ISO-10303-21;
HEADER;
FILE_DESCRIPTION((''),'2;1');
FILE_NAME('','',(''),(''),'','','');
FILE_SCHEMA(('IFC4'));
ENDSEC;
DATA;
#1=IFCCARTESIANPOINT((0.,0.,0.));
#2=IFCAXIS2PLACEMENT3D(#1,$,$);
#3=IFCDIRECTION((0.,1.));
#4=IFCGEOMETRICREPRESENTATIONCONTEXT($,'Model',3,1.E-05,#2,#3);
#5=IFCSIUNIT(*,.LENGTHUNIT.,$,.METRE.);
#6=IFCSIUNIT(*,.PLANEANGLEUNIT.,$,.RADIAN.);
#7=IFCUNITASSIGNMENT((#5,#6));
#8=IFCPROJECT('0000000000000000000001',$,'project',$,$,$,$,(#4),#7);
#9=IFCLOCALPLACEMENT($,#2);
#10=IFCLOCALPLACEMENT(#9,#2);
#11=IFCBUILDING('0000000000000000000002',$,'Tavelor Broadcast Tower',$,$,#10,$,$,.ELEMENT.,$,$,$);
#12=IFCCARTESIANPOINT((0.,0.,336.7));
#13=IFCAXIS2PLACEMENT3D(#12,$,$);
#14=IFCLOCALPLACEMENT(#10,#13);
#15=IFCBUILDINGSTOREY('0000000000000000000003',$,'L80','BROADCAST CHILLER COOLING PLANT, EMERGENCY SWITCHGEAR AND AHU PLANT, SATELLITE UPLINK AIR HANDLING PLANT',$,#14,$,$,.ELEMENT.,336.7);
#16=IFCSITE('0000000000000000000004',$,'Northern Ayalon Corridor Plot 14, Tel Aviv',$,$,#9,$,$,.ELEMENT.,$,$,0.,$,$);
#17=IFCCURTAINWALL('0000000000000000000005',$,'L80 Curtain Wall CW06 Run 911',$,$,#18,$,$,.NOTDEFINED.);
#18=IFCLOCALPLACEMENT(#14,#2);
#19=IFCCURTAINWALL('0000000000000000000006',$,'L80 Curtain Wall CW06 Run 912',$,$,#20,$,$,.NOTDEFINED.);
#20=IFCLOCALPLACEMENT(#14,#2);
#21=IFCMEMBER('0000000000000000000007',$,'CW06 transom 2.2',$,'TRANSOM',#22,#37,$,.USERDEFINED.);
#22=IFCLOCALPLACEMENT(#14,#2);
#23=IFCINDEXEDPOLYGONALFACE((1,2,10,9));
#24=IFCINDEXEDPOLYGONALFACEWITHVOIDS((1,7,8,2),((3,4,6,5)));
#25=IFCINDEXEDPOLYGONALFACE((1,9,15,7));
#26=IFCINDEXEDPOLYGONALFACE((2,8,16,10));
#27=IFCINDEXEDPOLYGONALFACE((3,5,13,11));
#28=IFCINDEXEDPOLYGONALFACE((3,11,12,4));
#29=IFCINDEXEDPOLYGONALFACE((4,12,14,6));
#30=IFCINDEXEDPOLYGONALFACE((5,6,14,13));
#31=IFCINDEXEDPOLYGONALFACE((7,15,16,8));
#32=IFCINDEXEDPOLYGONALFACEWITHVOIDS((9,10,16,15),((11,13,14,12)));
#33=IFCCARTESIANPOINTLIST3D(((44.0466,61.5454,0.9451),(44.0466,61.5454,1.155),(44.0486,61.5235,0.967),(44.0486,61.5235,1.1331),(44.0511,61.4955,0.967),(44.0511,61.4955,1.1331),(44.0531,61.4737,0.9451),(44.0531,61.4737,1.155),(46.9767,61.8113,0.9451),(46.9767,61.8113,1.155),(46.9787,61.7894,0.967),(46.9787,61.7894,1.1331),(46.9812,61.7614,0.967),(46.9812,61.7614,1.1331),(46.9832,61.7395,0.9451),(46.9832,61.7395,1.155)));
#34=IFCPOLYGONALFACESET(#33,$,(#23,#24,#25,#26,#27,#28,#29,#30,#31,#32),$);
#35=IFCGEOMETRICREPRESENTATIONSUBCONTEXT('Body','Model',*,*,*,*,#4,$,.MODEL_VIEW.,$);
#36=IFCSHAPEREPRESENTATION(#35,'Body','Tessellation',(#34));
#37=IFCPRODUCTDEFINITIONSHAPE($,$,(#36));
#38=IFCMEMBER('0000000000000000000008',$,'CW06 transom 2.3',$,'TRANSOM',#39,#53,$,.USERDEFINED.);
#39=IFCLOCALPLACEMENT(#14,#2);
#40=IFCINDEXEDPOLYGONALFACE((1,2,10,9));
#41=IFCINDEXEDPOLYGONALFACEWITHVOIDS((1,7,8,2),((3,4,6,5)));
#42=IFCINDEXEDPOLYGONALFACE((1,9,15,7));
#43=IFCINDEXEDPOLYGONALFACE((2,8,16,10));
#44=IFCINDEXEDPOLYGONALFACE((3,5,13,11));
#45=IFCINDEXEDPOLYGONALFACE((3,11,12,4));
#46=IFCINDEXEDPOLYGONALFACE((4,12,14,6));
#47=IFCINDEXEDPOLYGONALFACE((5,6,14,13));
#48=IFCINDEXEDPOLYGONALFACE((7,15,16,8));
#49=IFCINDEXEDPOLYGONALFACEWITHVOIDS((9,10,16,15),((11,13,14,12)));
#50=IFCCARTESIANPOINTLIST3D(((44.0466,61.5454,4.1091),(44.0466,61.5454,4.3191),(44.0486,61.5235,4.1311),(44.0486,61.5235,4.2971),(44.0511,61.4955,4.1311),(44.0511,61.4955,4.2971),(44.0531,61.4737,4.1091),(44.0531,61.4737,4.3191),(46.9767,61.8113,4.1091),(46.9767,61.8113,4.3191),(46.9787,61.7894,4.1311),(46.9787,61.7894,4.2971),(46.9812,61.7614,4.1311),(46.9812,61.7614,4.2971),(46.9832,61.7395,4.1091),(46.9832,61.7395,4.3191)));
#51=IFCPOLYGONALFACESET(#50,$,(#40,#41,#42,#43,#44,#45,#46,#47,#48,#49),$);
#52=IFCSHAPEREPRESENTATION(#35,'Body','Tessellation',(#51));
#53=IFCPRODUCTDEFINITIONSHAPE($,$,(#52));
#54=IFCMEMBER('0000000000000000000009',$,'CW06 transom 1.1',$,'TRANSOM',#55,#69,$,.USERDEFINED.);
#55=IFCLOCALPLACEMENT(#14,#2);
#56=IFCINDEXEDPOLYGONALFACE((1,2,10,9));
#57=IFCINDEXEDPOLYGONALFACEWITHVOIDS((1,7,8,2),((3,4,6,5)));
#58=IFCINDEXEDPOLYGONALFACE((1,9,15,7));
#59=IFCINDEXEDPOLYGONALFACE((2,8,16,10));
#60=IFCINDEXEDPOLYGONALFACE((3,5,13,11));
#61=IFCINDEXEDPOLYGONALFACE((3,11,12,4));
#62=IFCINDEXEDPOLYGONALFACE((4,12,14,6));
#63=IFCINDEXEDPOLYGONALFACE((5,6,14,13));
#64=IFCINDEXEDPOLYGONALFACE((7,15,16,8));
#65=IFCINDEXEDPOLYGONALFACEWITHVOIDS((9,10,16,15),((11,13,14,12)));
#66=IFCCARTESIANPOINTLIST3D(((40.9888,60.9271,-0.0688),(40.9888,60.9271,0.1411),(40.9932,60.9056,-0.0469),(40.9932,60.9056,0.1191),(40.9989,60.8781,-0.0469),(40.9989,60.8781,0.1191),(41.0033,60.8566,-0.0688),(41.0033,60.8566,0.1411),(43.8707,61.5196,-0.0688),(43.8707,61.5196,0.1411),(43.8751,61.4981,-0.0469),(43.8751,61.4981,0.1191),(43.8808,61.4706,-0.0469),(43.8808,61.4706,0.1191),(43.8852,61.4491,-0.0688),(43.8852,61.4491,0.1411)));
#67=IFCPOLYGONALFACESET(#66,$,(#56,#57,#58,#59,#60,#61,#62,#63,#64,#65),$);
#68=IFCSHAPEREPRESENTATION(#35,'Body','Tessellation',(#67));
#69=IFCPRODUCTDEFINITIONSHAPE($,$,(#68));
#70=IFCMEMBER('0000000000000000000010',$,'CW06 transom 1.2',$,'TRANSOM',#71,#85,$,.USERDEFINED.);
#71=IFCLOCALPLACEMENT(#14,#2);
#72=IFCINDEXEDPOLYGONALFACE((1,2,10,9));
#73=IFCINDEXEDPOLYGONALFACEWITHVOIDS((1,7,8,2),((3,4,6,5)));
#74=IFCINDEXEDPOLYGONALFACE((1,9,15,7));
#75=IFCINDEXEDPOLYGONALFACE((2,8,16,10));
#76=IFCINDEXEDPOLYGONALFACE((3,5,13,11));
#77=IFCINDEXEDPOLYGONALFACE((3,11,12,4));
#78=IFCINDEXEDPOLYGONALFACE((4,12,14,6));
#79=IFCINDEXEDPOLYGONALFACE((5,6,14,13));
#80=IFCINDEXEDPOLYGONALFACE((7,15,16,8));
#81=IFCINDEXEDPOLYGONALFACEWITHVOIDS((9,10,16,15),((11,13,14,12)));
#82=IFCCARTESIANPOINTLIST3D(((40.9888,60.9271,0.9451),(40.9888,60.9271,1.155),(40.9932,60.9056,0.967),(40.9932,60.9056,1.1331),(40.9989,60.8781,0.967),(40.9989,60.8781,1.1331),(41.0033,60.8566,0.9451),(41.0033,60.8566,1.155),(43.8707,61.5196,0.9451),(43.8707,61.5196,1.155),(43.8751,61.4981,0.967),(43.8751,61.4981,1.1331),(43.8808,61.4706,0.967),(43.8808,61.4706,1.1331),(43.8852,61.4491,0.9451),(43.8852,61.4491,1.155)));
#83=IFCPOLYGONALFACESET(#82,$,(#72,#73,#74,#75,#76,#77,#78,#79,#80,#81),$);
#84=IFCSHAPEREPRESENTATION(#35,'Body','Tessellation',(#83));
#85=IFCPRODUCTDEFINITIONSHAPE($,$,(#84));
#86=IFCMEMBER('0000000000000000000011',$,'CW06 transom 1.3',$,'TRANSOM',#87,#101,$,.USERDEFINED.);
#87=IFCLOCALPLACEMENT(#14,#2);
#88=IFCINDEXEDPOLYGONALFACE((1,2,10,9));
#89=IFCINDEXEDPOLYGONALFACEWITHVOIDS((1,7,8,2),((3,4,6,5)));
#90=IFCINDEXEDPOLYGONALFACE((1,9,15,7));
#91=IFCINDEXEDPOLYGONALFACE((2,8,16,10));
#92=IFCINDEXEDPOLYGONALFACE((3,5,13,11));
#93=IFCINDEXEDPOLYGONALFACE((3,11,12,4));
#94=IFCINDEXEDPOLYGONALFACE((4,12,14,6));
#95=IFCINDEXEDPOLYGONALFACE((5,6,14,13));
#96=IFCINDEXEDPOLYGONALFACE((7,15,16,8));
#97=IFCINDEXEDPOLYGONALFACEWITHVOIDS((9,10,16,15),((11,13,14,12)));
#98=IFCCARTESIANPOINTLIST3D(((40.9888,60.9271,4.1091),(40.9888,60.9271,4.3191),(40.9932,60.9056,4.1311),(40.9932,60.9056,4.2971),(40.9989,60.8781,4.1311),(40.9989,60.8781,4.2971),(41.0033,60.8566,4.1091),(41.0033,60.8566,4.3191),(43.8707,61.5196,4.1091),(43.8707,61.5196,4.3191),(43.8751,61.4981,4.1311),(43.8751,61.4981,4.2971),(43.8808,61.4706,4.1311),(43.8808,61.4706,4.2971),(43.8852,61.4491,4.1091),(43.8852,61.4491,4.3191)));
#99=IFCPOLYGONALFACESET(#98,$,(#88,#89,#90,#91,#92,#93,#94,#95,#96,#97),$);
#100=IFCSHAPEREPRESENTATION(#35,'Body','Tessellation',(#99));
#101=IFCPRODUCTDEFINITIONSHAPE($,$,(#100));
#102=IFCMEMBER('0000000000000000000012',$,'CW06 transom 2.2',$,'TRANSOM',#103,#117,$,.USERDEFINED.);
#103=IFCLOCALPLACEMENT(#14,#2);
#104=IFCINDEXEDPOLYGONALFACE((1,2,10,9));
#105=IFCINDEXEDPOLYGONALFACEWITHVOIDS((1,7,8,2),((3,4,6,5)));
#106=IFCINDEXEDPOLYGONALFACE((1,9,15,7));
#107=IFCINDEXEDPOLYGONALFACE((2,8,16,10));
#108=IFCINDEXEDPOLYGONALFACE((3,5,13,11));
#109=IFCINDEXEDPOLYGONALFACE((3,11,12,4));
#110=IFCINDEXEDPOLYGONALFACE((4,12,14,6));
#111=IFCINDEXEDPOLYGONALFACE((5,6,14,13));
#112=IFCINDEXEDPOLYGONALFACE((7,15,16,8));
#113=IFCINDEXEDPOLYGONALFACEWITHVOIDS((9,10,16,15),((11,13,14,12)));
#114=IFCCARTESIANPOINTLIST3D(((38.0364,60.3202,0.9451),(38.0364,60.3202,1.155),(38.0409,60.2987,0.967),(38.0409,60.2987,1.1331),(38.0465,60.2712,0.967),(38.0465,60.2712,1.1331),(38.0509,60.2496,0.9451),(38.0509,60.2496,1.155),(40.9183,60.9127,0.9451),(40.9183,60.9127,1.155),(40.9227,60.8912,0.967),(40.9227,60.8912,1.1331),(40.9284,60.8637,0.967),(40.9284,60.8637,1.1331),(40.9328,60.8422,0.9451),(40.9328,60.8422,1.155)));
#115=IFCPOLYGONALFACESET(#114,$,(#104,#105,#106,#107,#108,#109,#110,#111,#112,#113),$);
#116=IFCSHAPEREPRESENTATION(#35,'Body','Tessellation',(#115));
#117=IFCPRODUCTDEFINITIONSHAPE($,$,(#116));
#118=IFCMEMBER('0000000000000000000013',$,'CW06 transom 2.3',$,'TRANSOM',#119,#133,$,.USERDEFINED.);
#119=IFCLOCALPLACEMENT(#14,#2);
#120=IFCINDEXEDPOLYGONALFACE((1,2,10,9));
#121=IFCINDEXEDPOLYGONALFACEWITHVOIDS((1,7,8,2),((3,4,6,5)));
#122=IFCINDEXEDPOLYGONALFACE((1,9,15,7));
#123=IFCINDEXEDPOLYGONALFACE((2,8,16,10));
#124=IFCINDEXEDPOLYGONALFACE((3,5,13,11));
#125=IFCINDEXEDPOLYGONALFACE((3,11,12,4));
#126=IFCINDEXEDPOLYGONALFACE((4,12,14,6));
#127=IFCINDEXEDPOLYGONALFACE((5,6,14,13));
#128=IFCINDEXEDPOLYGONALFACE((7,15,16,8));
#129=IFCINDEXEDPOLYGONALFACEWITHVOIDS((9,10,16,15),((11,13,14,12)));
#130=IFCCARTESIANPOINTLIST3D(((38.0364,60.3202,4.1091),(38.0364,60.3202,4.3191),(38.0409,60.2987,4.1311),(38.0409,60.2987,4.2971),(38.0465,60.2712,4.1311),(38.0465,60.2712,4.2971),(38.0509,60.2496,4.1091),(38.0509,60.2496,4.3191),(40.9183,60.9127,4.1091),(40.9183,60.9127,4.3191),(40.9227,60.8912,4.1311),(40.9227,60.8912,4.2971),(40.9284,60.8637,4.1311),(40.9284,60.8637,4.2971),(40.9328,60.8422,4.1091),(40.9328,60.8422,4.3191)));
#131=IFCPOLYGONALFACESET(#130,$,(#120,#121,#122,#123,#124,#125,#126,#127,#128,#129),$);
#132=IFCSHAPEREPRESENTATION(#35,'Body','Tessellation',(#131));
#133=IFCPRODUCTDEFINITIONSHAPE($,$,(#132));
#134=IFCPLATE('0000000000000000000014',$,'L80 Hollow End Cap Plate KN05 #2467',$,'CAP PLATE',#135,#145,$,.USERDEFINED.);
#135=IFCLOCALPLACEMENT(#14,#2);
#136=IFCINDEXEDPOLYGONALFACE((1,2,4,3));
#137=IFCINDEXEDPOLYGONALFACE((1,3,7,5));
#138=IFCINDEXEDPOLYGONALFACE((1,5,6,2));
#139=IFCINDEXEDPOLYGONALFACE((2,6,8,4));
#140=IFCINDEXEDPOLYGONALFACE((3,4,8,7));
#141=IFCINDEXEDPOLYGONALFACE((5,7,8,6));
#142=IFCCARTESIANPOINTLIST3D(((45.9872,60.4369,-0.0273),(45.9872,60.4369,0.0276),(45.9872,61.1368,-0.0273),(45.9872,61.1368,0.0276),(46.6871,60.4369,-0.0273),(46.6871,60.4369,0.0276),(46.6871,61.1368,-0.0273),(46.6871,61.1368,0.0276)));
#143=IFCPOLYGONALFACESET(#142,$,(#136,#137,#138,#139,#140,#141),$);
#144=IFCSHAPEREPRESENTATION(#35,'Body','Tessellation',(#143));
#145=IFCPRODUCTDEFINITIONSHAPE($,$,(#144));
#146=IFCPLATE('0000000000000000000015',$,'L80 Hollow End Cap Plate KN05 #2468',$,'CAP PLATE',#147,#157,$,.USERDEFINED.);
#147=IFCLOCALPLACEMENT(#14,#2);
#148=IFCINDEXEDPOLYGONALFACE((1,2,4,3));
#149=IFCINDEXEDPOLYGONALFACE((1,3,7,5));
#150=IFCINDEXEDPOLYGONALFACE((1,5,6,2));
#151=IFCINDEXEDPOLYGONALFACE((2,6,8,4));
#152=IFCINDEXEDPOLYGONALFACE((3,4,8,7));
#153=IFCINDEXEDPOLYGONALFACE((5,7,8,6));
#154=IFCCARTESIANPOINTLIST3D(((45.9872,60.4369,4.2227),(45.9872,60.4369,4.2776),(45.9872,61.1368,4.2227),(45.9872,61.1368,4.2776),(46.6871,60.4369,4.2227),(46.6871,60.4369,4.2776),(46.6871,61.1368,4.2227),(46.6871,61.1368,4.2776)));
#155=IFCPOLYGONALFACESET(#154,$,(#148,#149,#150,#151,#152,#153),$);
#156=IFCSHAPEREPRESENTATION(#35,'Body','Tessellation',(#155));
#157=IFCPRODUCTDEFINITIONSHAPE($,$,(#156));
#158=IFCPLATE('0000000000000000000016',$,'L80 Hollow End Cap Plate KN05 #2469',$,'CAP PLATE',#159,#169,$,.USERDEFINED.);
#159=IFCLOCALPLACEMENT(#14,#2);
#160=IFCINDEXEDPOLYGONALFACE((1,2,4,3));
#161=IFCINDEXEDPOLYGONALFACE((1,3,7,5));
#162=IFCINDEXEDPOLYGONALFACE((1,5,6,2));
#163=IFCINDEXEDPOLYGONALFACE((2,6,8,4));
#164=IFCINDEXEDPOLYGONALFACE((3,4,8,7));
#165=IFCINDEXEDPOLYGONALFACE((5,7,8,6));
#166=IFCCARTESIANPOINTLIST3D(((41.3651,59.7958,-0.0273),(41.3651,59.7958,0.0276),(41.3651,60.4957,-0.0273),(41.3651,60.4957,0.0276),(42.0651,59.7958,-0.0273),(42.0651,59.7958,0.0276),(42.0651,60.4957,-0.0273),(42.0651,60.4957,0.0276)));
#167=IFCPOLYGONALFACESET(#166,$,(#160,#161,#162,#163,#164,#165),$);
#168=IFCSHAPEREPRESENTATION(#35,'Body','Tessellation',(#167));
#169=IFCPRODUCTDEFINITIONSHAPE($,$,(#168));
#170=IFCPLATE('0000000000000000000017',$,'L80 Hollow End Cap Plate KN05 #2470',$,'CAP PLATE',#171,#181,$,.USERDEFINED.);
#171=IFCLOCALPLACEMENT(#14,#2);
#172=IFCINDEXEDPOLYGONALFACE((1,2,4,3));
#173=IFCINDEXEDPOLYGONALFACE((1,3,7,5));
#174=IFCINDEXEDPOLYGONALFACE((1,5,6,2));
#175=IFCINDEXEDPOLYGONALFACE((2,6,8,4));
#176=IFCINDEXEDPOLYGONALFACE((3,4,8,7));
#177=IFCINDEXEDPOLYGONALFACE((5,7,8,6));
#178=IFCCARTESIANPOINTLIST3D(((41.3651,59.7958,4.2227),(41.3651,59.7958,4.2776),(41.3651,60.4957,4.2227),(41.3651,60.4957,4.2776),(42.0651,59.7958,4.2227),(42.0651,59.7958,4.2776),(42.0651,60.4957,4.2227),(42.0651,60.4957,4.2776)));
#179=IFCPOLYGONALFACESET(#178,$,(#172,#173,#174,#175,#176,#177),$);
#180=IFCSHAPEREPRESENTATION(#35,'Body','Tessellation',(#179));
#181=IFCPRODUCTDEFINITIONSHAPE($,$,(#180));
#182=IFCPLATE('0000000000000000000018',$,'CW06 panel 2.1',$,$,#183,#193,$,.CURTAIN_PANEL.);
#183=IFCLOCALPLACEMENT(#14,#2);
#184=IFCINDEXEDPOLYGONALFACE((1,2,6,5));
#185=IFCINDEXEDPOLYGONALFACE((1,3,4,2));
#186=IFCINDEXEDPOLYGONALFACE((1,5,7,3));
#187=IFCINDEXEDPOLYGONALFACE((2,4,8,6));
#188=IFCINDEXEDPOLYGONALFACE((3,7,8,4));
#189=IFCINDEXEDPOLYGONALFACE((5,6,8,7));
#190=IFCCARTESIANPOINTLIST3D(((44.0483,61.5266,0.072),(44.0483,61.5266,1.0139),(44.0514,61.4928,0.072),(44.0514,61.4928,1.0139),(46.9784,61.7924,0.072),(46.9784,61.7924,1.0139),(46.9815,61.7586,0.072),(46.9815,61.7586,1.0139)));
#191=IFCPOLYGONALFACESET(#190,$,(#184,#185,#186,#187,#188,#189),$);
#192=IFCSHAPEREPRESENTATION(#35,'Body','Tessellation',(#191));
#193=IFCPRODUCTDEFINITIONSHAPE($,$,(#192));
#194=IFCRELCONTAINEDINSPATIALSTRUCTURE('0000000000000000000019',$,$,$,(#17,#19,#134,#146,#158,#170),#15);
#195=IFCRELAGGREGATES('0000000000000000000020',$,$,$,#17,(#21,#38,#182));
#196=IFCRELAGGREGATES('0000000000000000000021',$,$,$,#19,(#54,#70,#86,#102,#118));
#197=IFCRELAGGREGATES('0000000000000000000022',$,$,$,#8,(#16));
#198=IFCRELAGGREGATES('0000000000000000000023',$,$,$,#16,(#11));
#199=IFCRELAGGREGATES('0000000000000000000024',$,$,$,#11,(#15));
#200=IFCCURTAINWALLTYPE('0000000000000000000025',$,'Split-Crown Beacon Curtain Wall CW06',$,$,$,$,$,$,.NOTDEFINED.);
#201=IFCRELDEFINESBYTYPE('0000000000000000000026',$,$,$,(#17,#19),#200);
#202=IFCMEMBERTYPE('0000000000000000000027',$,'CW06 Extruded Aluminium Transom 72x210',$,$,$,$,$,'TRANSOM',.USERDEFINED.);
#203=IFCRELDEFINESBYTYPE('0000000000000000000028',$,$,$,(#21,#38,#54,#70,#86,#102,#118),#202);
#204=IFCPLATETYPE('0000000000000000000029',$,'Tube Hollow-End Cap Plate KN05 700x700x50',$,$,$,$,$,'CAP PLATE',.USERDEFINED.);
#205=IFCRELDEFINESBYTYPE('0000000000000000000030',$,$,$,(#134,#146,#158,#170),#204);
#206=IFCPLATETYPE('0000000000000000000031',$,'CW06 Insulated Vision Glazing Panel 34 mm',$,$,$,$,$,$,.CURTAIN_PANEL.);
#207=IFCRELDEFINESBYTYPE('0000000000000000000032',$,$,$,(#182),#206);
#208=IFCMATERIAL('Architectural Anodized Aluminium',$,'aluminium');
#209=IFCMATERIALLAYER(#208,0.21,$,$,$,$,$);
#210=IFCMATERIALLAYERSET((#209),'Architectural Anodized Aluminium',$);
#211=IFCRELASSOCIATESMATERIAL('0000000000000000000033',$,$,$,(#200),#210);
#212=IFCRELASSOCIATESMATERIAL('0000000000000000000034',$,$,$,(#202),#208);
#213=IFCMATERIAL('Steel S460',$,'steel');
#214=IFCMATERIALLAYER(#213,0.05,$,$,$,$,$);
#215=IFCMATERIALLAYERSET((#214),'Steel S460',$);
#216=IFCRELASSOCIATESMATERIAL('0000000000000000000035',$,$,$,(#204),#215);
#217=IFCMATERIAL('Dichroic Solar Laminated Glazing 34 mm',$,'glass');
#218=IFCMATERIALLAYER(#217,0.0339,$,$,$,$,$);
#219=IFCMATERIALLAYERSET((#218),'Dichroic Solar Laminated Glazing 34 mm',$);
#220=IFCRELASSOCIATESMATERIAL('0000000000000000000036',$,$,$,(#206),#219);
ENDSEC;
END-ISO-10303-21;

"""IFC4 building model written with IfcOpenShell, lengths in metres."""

from ifc_helpers import new_model, si_unit, direction, frame, origin, origin_2d, place, context, subcontext, project, spatial, rectangle, hollow_rectangle, extrude, source, transform, mapped, material, layer, layer_set, material_profile, profile_set, type_object, type_shapes, element, aggregate, save


model = new_model("IFC4")

# Units and contexts
model_context = context("Model", 3, precision=1e-05, world=origin(), true_north=direction((0.0, 1.0)))
body_context = subcontext(model_context, "Body", "Model", "MODEL_VIEW")
ifc_project = project(units=[si_unit("LENGTHUNIT", "METRE"), si_unit("PLANEANGLEUNIT", "RADIAN")], contexts=[model_context])

# Site, building, storey
site_placement = place(None, origin())
site = spatial("IfcSite", under=ifc_project, at=site_placement, Name="Northern Ayalon Corridor Plot 14, Tel Aviv", CompositionType="ELEMENT", RefElevation=0.0)
building_placement = place(site_placement, origin())
building = spatial("IfcBuilding", under=site, at=building_placement, Name="Tavelor Broadcast Tower", CompositionType="ELEMENT")
storey_placement = place(building_placement, frame((0.0, 0.0, 336.7)))
storey = spatial("IfcBuildingStorey", under=building, at=storey_placement, Name="L80", Description="BROADCAST CHILLER COOLING PLANT, EMERGENCY SWITCHGEAR AND AHU PLANT, SATELLITE UPLINK AIR HANDLING PLANT", CompositionType="ELEMENT", Elevation=336.7)

# Curtain walls
ifc_material_1 = material(Name="Architectural Anodized Aluminium", Category="aluminium")
ifc_layer_1 = layer(ifc_material_1, 0.21)
ifc_layer_set_1 = layer_set([ifc_layer_1], Name="Architectural Anodized Aluminium")
curtain_wall_type = type_object("IfcCurtainWallType", Name="Split-Crown Beacon Curtain Wall CW06", PredefinedType="NOTDEFINED", material=ifc_layer_set_1)
curtain_wall_1_placement = place(storey_placement, origin())
curtain_wall_1 = element("IfcCurtainWall", 1, at=curtain_wall_1_placement, inside=storey, type_object=curtain_wall_type, Name="L80 Curtain Wall CW06 Run 911", PredefinedType="NOTDEFINED")
curtain_wall_2_placement = place(storey_placement, origin())
curtain_wall_2 = element("IfcCurtainWall", 2, at=curtain_wall_2_placement, inside=storey, type_object=curtain_wall_type, Name="L80 Curtain Wall CW06 Run 912", PredefinedType="NOTDEFINED")

# Members
ifc_material_profile_1 = material_profile(ifc_material_1, hollow_rectangle(XDim=0.072, YDim=0.21, WallThickness=0.022, at=origin_2d()), Name="RHS 72x210x22")
ifc_profile_set_1 = profile_set([ifc_material_profile_1], Name="Architectural Anodized Aluminium")
member_type_1 = type_object("IfcMemberType", Name="CW06 Extruded Aluminium Transom 72x210", ElementType="TRANSOM", PredefinedType="USERDEFINED", material=ifc_profile_set_1)
shared_shape_1 = source(origin(), body_context, "Body", "SweptSolid", [
    extrude(hollow_rectangle(XDim=0.072, YDim=0.21, WallThickness=0.022, at=origin_2d()), origin(), (0.0, 0.0, 1.0), 2.9421),
])
type_shapes(member_type_1, [shared_shape_1])
member_1_placement = place(storey_placement, frame((46.98, 61.7754, 1.05), z_axis=(-0.995909, -0.090364, 0.0), x_axis=(0.090364, -0.995909, 0.0)))
member_1 = element("IfcMember", 3, at=member_1_placement, type_object=member_type_1, Name="CW06 transom 2.2", ObjectType="TRANSOM", PredefinedType="USERDEFINED", context=body_context, shape_type="MappedRepresentation", body=[
    mapped(shared_shape_1, transform((0.0, 0.0, 0.0), scale=1.0)),
])
member_2_placement = place(storey_placement, frame((46.98, 61.7754, 4.2141), z_axis=(-0.995909, -0.090364, 0.0), x_axis=(0.090364, -0.995909, 0.0)))
member_2 = element("IfcMember", 4, at=member_2_placement, type_object=member_type_1, Name="CW06 transom 2.3", ObjectType="TRANSOM", PredefinedType="USERDEFINED", context=body_context, shape_type="MappedRepresentation", body=[
    mapped(shared_shape_1, transform((0.0, 0.0, 0.0), scale=1.0)),
])
member_3_placement = place(storey_placement, frame((43.8779, 61.4844, 0.0361), z_axis=(-0.97951, -0.201395, 0.0), x_axis=(0.201395, -0.97951, 0.0)))
member_3 = element("IfcMember", 5, at=member_3_placement, type_object=member_type_1, Name="CW06 transom 1.1", ObjectType="TRANSOM", PredefinedType="USERDEFINED", context=body_context, shape_type="MappedRepresentation", body=[
    mapped(shared_shape_1, transform((0.0, 0.0, 0.0), scale=1.0)),
])
member_4_placement = place(storey_placement, frame((43.8779, 61.4844, 1.05), z_axis=(-0.97951, -0.201395, 0.0), x_axis=(0.201395, -0.97951, 0.0)))
member_4 = element("IfcMember", 6, at=member_4_placement, type_object=member_type_1, Name="CW06 transom 1.2", ObjectType="TRANSOM", PredefinedType="USERDEFINED", context=body_context, shape_type="MappedRepresentation", body=[
    mapped(shared_shape_1, transform((0.0, 0.0, 0.0), scale=1.0)),
])
member_5_placement = place(storey_placement, frame((43.8779, 61.4844, 4.2141), z_axis=(-0.97951, -0.201395, 0.0), x_axis=(0.201395, -0.97951, 0.0)))
member_5 = element("IfcMember", 7, at=member_5_placement, type_object=member_type_1, Name="CW06 transom 1.3", ObjectType="TRANSOM", PredefinedType="USERDEFINED", context=body_context, shape_type="MappedRepresentation", body=[
    mapped(shared_shape_1, transform((0.0, 0.0, 0.0), scale=1.0)),
])
member_6_placement = place(storey_placement, frame((40.9255, 60.8774, 1.05), z_axis=(-0.97951, -0.201395, 0.0), x_axis=(0.201395, -0.97951, 0.0)))
member_6 = element("IfcMember", 8, at=member_6_placement, type_object=member_type_1, Name="CW06 transom 2.2", ObjectType="TRANSOM", PredefinedType="USERDEFINED", context=body_context, shape_type="MappedRepresentation", body=[
    mapped(shared_shape_1, transform((0.0, 0.0, 0.0), scale=1.0)),
])
member_7_placement = place(storey_placement, frame((40.9255, 60.8774, 4.2141), z_axis=(-0.97951, -0.201395, 0.0), x_axis=(0.201395, -0.97951, 0.0)))
member_7 = element("IfcMember", 9, at=member_7_placement, type_object=member_type_1, Name="CW06 transom 2.3", ObjectType="TRANSOM", PredefinedType="USERDEFINED", context=body_context, shape_type="MappedRepresentation", body=[
    mapped(shared_shape_1, transform((0.0, 0.0, 0.0), scale=1.0)),
])

# Plates
ifc_material_2 = material(Name="Steel S460", Category="steel")
ifc_layer_2 = layer(ifc_material_2, 0.05)
ifc_layer_set_2 = layer_set([ifc_layer_2], Name="Steel S460")
plate_type_1 = type_object("IfcPlateType", Name="Tube Hollow-End Cap Plate KN05 700x700x50", ElementType="CAP PLATE", PredefinedType="USERDEFINED", material=ifc_layer_set_2)
shared_shape_2 = source(origin(), body_context, "Body", "SweptSolid", [
    extrude(rectangle(XDim=0.7, YDim=0.7, at=origin_2d()), origin(), (0.0, 0.0, 1.0), 0.0549),
])
type_shapes(plate_type_1, [shared_shape_2])
for number, where, z_axis, x_axis, name in (
    (10, (46.3372, 60.7869, -0.0273), (0.0, 0.0, 1.0), (1.0, 0.0, 0.0), "L80 Hollow End Cap Plate KN05 #2467"),
    (11, (46.3372, 60.7869, 4.2227), (0.0, 0.0, 1.0), (1.0, 0.0, 0.0), "L80 Hollow End Cap Plate KN05 #2468"),
    (12, (41.7151, 60.1458, -0.0273), (0.0, 0.0, 1.0), (1.0, 0.0, 0.0), "L80 Hollow End Cap Plate KN05 #2469"),
    (13, (41.7151, 60.1458, 4.2227), (0.0, 0.0, 1.0), (1.0, 0.0, 0.0), "L80 Hollow End Cap Plate KN05 #2470"),
):
    element("IfcPlate", number, at=place(storey_placement, frame(where, z_axis=z_axis, x_axis=x_axis)), inside=storey, type_object=plate_type_1, Name=name, ObjectType="CAP PLATE", PredefinedType="USERDEFINED", context=body_context, shape_type="MappedRepresentation", body=[
        mapped(shared_shape_2, transform((0.0, 0.0, 0.0), scale=1.0)),
    ])

# Plate
ifc_material_3 = material(Name="Dichroic Solar Laminated Glazing 34 mm", Category="glass")
ifc_layer_3 = layer(ifc_material_3, 0.0339)
ifc_layer_set_3 = layer_set([ifc_layer_3], Name="Dichroic Solar Laminated Glazing 34 mm")
plate_type_2 = type_object("IfcPlateType", Name="CW06 Insulated Vision Glazing Panel 34 mm", PredefinedType="CURTAIN_PANEL", material=ifc_layer_set_3)
shared_shape_3 = source(origin(), body_context, "Body", "SweptSolid", [
    extrude(rectangle(XDim=2.9421, YDim=0.0339, at=origin_2d()), origin(), (0.0, 0.0, 1.0), 0.9419),
])
plate_1_placement = place(storey_placement, frame((45.5149, 61.6426, 0.072), z_axis=(0.0, 0.0, 1.0), x_axis=(-0.99591, -0.090355, 0.0)))
plate_1 = element("IfcPlate", 14, at=plate_1_placement, type_object=plate_type_2, Name="CW06 panel 2.1", PredefinedType="CURTAIN_PANEL", context=body_context, shape_type="MappedRepresentation", body=[
    mapped(shared_shape_3, transform((0.0, 0.0, 0.0), scale=1.0)),
])
aggregate(curtain_wall_1, [member_1, member_2, plate_1])
aggregate(curtain_wall_2, [member_3, member_4, member_5, member_6, member_7])

save(model, "model.ifc")
